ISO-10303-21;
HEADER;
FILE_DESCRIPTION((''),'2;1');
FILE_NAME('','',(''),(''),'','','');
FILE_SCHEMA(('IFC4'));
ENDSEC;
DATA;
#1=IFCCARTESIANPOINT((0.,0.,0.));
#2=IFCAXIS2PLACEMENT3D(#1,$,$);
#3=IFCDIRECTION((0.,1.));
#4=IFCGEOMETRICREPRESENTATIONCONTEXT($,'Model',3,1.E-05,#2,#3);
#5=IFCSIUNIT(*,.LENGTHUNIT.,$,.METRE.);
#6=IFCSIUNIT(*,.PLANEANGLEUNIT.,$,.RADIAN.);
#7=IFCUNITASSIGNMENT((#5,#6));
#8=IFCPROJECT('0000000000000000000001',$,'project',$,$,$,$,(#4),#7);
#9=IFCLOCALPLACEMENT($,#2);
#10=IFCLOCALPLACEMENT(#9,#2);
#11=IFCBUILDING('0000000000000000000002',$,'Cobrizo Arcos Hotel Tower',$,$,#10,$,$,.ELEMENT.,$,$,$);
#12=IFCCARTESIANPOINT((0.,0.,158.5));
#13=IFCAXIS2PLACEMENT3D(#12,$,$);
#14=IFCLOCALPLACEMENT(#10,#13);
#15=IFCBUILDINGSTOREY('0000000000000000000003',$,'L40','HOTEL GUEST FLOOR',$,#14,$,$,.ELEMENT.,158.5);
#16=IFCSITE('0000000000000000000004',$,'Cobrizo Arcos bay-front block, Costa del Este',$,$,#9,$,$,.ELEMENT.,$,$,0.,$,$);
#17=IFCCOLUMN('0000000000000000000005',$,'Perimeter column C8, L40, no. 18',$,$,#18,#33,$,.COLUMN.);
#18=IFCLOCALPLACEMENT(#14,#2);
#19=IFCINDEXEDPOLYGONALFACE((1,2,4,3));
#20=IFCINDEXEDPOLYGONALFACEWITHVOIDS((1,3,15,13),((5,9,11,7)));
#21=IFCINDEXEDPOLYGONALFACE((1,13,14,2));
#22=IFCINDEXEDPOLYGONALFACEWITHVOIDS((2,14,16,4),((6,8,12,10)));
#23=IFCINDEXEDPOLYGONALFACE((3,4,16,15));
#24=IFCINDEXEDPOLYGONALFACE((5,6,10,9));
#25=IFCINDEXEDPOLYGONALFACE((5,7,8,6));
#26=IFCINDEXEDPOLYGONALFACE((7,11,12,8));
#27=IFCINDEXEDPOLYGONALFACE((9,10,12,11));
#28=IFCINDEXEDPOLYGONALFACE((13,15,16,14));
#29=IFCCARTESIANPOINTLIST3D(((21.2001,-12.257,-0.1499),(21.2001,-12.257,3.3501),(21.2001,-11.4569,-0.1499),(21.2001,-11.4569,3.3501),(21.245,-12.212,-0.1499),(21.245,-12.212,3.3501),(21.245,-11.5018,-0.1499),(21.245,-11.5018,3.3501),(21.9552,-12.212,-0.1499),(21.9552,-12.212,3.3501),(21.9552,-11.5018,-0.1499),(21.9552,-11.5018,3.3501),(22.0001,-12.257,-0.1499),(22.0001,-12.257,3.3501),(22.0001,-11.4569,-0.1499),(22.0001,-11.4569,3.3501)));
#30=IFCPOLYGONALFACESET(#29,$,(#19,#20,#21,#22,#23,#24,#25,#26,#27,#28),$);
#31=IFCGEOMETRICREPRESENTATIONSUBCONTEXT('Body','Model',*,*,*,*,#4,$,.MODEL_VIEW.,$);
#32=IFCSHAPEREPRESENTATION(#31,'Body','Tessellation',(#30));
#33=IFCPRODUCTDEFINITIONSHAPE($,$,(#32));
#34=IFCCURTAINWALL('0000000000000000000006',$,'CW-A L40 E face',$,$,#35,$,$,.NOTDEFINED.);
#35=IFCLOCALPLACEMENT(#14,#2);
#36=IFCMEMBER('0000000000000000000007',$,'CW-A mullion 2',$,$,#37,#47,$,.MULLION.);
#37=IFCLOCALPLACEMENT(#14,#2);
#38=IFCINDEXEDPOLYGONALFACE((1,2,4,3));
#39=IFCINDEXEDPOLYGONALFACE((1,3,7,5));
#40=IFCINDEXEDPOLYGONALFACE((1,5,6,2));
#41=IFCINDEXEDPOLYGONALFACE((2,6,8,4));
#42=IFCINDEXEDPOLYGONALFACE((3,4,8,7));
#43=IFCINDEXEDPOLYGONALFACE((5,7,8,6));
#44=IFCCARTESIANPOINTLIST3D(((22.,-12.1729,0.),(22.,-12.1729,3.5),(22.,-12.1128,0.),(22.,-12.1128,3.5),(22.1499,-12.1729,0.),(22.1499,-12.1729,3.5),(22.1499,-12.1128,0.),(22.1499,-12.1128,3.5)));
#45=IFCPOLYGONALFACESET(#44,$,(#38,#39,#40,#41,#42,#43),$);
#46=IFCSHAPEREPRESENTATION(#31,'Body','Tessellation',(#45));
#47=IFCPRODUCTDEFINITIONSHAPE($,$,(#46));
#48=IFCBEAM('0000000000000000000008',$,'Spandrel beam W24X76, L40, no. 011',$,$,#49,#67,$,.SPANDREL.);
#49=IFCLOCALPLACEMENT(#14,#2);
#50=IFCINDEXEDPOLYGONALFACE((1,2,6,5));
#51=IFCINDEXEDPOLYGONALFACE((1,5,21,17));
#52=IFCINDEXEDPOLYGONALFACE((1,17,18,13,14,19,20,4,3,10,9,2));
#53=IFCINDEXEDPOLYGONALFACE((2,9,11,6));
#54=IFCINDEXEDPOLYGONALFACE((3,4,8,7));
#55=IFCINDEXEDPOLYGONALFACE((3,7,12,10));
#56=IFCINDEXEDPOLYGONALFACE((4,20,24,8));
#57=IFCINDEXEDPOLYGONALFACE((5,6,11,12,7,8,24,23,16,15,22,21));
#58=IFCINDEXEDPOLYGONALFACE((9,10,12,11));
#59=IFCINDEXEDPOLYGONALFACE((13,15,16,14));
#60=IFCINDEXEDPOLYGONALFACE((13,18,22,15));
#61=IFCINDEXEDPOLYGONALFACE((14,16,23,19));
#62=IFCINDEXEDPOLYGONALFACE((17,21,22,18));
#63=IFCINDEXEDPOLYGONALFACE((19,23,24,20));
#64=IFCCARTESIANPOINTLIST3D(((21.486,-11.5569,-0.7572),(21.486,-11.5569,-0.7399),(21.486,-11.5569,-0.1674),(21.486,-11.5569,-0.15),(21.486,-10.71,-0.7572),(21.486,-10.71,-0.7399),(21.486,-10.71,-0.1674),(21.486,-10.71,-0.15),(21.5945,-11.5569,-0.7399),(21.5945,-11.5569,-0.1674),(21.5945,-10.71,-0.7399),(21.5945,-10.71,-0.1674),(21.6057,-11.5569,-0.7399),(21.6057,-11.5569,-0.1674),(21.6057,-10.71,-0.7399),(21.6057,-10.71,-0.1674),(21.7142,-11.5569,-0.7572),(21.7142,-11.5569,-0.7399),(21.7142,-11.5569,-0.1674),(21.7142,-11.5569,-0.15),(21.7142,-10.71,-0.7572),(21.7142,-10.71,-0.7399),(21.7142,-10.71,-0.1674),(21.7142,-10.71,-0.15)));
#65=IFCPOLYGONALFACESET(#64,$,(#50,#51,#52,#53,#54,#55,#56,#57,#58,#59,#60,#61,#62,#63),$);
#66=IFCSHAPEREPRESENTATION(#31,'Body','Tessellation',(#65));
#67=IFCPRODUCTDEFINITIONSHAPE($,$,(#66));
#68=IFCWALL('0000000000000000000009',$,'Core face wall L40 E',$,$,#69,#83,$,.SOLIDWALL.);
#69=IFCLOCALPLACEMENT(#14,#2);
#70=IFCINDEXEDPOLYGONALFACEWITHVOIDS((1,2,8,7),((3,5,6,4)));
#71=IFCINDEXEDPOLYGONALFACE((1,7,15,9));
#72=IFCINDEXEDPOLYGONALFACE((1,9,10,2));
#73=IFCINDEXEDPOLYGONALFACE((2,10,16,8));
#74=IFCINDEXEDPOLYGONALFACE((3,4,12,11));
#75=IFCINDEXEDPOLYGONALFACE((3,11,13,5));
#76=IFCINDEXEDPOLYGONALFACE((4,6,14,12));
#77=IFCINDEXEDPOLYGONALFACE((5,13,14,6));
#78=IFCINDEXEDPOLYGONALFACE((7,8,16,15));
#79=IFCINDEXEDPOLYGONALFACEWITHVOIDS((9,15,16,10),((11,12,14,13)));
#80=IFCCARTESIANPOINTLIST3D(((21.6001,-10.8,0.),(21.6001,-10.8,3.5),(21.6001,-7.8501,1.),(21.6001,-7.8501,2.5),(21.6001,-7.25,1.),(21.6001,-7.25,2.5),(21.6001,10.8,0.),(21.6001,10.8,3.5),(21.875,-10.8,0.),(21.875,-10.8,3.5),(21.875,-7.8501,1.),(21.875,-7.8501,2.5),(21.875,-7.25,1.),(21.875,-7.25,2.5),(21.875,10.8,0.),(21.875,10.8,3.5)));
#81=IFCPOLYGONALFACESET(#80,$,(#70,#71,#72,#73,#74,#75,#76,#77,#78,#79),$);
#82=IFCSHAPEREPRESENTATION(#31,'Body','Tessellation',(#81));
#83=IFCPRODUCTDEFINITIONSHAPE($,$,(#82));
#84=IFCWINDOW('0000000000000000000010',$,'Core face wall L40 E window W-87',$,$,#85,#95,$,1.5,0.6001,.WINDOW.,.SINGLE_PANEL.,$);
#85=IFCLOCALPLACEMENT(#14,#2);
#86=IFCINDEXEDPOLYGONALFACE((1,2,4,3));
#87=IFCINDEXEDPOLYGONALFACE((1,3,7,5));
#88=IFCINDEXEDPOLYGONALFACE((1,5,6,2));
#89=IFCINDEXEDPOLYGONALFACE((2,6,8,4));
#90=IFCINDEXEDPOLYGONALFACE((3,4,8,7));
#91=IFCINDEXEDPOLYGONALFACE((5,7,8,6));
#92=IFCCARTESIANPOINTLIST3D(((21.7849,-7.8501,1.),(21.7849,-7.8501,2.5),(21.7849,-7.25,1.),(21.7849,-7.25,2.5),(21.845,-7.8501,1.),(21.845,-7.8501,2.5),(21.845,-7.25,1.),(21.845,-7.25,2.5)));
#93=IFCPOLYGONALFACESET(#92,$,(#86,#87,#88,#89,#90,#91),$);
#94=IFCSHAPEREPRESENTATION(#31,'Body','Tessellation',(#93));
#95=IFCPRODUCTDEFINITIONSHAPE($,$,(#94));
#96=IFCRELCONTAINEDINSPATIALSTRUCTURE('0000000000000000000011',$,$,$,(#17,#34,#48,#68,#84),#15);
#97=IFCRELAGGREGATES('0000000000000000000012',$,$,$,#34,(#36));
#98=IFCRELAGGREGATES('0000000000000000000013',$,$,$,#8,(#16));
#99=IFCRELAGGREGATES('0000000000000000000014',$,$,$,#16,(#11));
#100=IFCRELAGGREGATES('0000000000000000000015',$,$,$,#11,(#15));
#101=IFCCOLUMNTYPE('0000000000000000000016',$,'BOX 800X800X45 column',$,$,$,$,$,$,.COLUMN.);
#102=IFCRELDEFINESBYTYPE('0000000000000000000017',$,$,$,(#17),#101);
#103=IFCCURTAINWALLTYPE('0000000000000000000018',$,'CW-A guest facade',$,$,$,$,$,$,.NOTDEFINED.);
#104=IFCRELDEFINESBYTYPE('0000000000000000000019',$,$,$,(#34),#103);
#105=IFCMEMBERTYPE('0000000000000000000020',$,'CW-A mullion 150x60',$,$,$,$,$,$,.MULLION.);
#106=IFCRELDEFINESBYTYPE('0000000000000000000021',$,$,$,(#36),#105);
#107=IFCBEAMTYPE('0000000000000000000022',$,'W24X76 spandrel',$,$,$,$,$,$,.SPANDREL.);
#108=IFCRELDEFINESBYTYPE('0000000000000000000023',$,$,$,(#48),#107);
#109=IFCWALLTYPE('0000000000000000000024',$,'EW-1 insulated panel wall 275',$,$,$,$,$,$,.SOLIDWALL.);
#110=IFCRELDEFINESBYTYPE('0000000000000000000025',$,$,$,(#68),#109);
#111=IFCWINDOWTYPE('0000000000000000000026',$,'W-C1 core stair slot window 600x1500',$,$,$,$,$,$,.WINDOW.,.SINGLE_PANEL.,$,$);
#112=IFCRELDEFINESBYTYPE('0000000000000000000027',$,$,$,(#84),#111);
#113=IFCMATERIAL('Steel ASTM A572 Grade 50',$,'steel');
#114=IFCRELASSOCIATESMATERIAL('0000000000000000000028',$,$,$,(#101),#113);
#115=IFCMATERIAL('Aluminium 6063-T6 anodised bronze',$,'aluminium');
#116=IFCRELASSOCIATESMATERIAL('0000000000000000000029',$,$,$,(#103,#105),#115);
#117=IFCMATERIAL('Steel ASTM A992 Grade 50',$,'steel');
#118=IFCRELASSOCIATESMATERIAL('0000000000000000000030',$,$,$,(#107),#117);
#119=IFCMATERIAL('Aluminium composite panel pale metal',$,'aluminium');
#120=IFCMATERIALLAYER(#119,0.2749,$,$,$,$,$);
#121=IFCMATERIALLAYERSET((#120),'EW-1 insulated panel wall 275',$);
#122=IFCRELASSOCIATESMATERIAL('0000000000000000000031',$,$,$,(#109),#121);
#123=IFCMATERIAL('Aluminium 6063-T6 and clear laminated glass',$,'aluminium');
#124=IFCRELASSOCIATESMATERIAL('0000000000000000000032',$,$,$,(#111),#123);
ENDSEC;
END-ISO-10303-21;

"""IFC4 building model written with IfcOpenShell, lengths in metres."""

from ifc_helpers import new_model, si_unit, direction, frame, frame_2d, origin, origin_2d, place, context, subcontext, project, spatial, rectangle, hollow_rectangle, i_section, extrude, material, layer, layer_set, material_profile, profile_set, type_object, element, fill, aggregate, save


model = new_model("IFC4")

# Units and contexts
model_context = context("Model", 3, precision=1e-05, world=origin(), true_north=direction((0.0, 1.0)))
body_context = subcontext(model_context, "Body", "Model", "MODEL_VIEW")
ifc_project = project(units=[si_unit("LENGTHUNIT", "METRE"), si_unit("PLANEANGLEUNIT", "RADIAN")], contexts=[model_context])

# Site, building, storey
site_placement = place(None, origin())
site = spatial("IfcSite", under=ifc_project, at=site_placement, Name="Cobrizo Arcos bay-front block, Costa del Este", CompositionType="ELEMENT", RefElevation=0.0)
building_placement = place(site_placement, origin())
building = spatial("IfcBuilding", under=site, at=building_placement, Name="Cobrizo Arcos Hotel Tower", CompositionType="ELEMENT")
storey_placement = place(building_placement, frame((0.0, 0.0, 158.5)))
storey = spatial("IfcBuildingStorey", under=building, at=storey_placement, Name="L40", Description="HOTEL GUEST FLOOR", CompositionType="ELEMENT", Elevation=158.5)

# Column
ifc_material_1 = material(Name="Steel ASTM A572 Grade 50", Category="steel")
ifc_material_profile_1 = material_profile(ifc_material_1, hollow_rectangle(XDim=0.8, YDim=0.8, WallThickness=0.0449, at=origin_2d()), Name="BOX 800X800X45")
ifc_profile_set_1 = profile_set([ifc_material_profile_1], Name="Steel ASTM A572 Grade 50")
column_type = type_object("IfcColumnType", Name="BOX 800X800X45 column", PredefinedType="COLUMN", material=ifc_profile_set_1)
column_placement = place(storey_placement, frame((21.6001, -11.8569, -0.1499), z_axis=(0.0, 0.0, 1.0), x_axis=(1.0, 0.0, 0.0)))
element("IfcColumn", 1, at=column_placement, inside=storey, type_object=column_type, Name="Perimeter column C8, L40, no. 18", PredefinedType="COLUMN", context=body_context, shape_type="SweptSolid", body=[
    extrude(hollow_rectangle(XDim=0.8, YDim=0.8, WallThickness=0.0449, at=origin_2d()), origin(), (0.0, 0.0, 1.0), 3.5),
])

# Curtain wall, member
ifc_material_2 = material(Name="Aluminium 6063-T6 anodised bronze", Category="aluminium")
curtain_wall_type = type_object("IfcCurtainWallType", Name="CW-A guest facade", PredefinedType="NOTDEFINED", material=ifc_material_2)
curtain_wall_placement = place(storey_placement, origin())
curtain_wall = element("IfcCurtainWall", 2, at=curtain_wall_placement, inside=storey, type_object=curtain_wall_type, Name="CW-A L40 E face", PredefinedType="NOTDEFINED")
ifc_material_profile_2 = material_profile(ifc_material_2, rectangle(XDim=0.1499, YDim=0.0601, at=origin_2d()), Name="CW-A mullion 150x60")
ifc_profile_set_2 = profile_set([ifc_material_profile_2], Name="Aluminium 6063-T6 anodised bronze")
member_type = type_object("IfcMemberType", Name="CW-A mullion 150x60", PredefinedType="MULLION", material=ifc_profile_set_2)
member_placement = place(storey_placement, frame((22.075, -12.1428, 0.0), z_axis=(0.0, 0.0, 1.0), x_axis=(1.0, 0.0, 0.0)))
member = element("IfcMember", 3, at=member_placement, type_object=member_type, Name="CW-A mullion 2", PredefinedType="MULLION", context=body_context, shape_type="SweptSolid", body=[
    extrude(rectangle(XDim=0.1499, YDim=0.0601, at=origin_2d()), origin(), (0.0, 0.0, 1.0), 3.5),
])
aggregate(curtain_wall, [member])

# Beam
ifc_material_3 = material(Name="Steel ASTM A992 Grade 50", Category="steel")
ifc_material_profile_3 = material_profile(ifc_material_3, i_section(OverallWidth=0.2283, OverallDepth=0.6072, WebThickness=0.0112, FlangeThickness=0.0173, at=origin_2d()), Name="W24X76")
ifc_profile_set_3 = profile_set([ifc_material_profile_3], Name="Steel ASTM A992 Grade 50")
beam_type = type_object("IfcBeamType", Name="W24X76 spandrel", PredefinedType="SPANDREL", material=ifc_profile_set_3)
beam_placement = place(storey_placement, frame((21.6001, -11.5569, -0.4536), z_axis=(0.0, 1.0, 0.0), x_axis=(-1.0, 0.0, 0.0)))
element("IfcBeam", 4, at=beam_placement, inside=storey, type_object=beam_type, Name="Spandrel beam W24X76, L40, no. 011", PredefinedType="SPANDREL", context=body_context, shape_type="SweptSolid", body=[
    extrude(i_section(OverallWidth=0.2283, OverallDepth=0.6072, WebThickness=0.0112, FlangeThickness=0.0173, at=origin_2d()), origin(), (0.0, 0.0, 1.0), 0.8469),
])

# Wall, opening, window
ifc_material_4 = material(Name="Aluminium composite panel pale metal", Category="aluminium")
ifc_layer_1 = layer(ifc_material_4, 0.2749)
ifc_layer_set_1 = layer_set([ifc_layer_1], Name="EW-1 insulated panel wall 275")
wall_type_1 = type_object("IfcWallType", Name="EW-1 insulated panel wall 275", PredefinedType="SOLIDWALL", material=ifc_layer_set_1)
wall_1_placement = place(storey_placement, frame((21.7375, -10.8, 0.0), z_axis=(0.0, 0.0, 1.0), x_axis=(0.0, 1.0, 0.0)))
wall_1 = element("IfcWall", 5, at=wall_1_placement, inside=storey, type_object=wall_type_1, Name="Core face wall L40 E", PredefinedType="SOLIDWALL", context=body_context, shape_type="SweptSolid", body=[
    extrude(rectangle(XDim=21.6001, YDim=0.2749, at=frame_2d((10.8, 0.0))), origin(), (0.0, 0.0, 1.0), 3.5),
])
opening_1_placement = place(wall_1_placement, frame((2.95, 0.0, 1.0)))
opening_1 = element("IfcOpeningElement", 6, at=opening_1_placement, cuts=wall_1, PredefinedType="OPENING", context=body_context, shape_type="SweptSolid", body=[
    extrude(rectangle(XDim=0.6001, YDim=1.5, at=frame_2d((0.3, 0.75))), frame((0.0, 0.1494, 0.0), z_axis=(0.0, -1.0, 0.0), x_axis=(1.0, 0.0, 0.0)), (0.0, 0.0, 1.0), 0.2988),
])
ifc_material_5 = material(Name="Aluminium 6063-T6 and clear laminated glass", Category="aluminium")
window_type = type_object("IfcWindowType", Name="W-C1 core stair slot window 600x1500", PartitioningType="SINGLE_PANEL", PredefinedType="WINDOW", material=ifc_material_5)
window_placement = place(opening_1_placement, origin())
window = element("IfcWindow", 7, at=window_placement, inside=storey, type_object=window_type, Name="Core face wall L40 E window W-87", OverallHeight=1.5, OverallWidth=0.6001, PartitioningType="SINGLE_PANEL", PredefinedType="WINDOW", context=body_context, shape_type="SweptSolid", body=[
    extrude(rectangle(XDim=0.6001, YDim=1.5, at=frame_2d((0.3, 0.75))), frame((0.0, -0.0474, 0.0), z_axis=(0.0, -1.0, 0.0), x_axis=(1.0, 0.0, 0.0)), (0.0, 0.0, 1.0), 0.0601),
])
fill(opening_1, window)

save(model, "model.ifc")
